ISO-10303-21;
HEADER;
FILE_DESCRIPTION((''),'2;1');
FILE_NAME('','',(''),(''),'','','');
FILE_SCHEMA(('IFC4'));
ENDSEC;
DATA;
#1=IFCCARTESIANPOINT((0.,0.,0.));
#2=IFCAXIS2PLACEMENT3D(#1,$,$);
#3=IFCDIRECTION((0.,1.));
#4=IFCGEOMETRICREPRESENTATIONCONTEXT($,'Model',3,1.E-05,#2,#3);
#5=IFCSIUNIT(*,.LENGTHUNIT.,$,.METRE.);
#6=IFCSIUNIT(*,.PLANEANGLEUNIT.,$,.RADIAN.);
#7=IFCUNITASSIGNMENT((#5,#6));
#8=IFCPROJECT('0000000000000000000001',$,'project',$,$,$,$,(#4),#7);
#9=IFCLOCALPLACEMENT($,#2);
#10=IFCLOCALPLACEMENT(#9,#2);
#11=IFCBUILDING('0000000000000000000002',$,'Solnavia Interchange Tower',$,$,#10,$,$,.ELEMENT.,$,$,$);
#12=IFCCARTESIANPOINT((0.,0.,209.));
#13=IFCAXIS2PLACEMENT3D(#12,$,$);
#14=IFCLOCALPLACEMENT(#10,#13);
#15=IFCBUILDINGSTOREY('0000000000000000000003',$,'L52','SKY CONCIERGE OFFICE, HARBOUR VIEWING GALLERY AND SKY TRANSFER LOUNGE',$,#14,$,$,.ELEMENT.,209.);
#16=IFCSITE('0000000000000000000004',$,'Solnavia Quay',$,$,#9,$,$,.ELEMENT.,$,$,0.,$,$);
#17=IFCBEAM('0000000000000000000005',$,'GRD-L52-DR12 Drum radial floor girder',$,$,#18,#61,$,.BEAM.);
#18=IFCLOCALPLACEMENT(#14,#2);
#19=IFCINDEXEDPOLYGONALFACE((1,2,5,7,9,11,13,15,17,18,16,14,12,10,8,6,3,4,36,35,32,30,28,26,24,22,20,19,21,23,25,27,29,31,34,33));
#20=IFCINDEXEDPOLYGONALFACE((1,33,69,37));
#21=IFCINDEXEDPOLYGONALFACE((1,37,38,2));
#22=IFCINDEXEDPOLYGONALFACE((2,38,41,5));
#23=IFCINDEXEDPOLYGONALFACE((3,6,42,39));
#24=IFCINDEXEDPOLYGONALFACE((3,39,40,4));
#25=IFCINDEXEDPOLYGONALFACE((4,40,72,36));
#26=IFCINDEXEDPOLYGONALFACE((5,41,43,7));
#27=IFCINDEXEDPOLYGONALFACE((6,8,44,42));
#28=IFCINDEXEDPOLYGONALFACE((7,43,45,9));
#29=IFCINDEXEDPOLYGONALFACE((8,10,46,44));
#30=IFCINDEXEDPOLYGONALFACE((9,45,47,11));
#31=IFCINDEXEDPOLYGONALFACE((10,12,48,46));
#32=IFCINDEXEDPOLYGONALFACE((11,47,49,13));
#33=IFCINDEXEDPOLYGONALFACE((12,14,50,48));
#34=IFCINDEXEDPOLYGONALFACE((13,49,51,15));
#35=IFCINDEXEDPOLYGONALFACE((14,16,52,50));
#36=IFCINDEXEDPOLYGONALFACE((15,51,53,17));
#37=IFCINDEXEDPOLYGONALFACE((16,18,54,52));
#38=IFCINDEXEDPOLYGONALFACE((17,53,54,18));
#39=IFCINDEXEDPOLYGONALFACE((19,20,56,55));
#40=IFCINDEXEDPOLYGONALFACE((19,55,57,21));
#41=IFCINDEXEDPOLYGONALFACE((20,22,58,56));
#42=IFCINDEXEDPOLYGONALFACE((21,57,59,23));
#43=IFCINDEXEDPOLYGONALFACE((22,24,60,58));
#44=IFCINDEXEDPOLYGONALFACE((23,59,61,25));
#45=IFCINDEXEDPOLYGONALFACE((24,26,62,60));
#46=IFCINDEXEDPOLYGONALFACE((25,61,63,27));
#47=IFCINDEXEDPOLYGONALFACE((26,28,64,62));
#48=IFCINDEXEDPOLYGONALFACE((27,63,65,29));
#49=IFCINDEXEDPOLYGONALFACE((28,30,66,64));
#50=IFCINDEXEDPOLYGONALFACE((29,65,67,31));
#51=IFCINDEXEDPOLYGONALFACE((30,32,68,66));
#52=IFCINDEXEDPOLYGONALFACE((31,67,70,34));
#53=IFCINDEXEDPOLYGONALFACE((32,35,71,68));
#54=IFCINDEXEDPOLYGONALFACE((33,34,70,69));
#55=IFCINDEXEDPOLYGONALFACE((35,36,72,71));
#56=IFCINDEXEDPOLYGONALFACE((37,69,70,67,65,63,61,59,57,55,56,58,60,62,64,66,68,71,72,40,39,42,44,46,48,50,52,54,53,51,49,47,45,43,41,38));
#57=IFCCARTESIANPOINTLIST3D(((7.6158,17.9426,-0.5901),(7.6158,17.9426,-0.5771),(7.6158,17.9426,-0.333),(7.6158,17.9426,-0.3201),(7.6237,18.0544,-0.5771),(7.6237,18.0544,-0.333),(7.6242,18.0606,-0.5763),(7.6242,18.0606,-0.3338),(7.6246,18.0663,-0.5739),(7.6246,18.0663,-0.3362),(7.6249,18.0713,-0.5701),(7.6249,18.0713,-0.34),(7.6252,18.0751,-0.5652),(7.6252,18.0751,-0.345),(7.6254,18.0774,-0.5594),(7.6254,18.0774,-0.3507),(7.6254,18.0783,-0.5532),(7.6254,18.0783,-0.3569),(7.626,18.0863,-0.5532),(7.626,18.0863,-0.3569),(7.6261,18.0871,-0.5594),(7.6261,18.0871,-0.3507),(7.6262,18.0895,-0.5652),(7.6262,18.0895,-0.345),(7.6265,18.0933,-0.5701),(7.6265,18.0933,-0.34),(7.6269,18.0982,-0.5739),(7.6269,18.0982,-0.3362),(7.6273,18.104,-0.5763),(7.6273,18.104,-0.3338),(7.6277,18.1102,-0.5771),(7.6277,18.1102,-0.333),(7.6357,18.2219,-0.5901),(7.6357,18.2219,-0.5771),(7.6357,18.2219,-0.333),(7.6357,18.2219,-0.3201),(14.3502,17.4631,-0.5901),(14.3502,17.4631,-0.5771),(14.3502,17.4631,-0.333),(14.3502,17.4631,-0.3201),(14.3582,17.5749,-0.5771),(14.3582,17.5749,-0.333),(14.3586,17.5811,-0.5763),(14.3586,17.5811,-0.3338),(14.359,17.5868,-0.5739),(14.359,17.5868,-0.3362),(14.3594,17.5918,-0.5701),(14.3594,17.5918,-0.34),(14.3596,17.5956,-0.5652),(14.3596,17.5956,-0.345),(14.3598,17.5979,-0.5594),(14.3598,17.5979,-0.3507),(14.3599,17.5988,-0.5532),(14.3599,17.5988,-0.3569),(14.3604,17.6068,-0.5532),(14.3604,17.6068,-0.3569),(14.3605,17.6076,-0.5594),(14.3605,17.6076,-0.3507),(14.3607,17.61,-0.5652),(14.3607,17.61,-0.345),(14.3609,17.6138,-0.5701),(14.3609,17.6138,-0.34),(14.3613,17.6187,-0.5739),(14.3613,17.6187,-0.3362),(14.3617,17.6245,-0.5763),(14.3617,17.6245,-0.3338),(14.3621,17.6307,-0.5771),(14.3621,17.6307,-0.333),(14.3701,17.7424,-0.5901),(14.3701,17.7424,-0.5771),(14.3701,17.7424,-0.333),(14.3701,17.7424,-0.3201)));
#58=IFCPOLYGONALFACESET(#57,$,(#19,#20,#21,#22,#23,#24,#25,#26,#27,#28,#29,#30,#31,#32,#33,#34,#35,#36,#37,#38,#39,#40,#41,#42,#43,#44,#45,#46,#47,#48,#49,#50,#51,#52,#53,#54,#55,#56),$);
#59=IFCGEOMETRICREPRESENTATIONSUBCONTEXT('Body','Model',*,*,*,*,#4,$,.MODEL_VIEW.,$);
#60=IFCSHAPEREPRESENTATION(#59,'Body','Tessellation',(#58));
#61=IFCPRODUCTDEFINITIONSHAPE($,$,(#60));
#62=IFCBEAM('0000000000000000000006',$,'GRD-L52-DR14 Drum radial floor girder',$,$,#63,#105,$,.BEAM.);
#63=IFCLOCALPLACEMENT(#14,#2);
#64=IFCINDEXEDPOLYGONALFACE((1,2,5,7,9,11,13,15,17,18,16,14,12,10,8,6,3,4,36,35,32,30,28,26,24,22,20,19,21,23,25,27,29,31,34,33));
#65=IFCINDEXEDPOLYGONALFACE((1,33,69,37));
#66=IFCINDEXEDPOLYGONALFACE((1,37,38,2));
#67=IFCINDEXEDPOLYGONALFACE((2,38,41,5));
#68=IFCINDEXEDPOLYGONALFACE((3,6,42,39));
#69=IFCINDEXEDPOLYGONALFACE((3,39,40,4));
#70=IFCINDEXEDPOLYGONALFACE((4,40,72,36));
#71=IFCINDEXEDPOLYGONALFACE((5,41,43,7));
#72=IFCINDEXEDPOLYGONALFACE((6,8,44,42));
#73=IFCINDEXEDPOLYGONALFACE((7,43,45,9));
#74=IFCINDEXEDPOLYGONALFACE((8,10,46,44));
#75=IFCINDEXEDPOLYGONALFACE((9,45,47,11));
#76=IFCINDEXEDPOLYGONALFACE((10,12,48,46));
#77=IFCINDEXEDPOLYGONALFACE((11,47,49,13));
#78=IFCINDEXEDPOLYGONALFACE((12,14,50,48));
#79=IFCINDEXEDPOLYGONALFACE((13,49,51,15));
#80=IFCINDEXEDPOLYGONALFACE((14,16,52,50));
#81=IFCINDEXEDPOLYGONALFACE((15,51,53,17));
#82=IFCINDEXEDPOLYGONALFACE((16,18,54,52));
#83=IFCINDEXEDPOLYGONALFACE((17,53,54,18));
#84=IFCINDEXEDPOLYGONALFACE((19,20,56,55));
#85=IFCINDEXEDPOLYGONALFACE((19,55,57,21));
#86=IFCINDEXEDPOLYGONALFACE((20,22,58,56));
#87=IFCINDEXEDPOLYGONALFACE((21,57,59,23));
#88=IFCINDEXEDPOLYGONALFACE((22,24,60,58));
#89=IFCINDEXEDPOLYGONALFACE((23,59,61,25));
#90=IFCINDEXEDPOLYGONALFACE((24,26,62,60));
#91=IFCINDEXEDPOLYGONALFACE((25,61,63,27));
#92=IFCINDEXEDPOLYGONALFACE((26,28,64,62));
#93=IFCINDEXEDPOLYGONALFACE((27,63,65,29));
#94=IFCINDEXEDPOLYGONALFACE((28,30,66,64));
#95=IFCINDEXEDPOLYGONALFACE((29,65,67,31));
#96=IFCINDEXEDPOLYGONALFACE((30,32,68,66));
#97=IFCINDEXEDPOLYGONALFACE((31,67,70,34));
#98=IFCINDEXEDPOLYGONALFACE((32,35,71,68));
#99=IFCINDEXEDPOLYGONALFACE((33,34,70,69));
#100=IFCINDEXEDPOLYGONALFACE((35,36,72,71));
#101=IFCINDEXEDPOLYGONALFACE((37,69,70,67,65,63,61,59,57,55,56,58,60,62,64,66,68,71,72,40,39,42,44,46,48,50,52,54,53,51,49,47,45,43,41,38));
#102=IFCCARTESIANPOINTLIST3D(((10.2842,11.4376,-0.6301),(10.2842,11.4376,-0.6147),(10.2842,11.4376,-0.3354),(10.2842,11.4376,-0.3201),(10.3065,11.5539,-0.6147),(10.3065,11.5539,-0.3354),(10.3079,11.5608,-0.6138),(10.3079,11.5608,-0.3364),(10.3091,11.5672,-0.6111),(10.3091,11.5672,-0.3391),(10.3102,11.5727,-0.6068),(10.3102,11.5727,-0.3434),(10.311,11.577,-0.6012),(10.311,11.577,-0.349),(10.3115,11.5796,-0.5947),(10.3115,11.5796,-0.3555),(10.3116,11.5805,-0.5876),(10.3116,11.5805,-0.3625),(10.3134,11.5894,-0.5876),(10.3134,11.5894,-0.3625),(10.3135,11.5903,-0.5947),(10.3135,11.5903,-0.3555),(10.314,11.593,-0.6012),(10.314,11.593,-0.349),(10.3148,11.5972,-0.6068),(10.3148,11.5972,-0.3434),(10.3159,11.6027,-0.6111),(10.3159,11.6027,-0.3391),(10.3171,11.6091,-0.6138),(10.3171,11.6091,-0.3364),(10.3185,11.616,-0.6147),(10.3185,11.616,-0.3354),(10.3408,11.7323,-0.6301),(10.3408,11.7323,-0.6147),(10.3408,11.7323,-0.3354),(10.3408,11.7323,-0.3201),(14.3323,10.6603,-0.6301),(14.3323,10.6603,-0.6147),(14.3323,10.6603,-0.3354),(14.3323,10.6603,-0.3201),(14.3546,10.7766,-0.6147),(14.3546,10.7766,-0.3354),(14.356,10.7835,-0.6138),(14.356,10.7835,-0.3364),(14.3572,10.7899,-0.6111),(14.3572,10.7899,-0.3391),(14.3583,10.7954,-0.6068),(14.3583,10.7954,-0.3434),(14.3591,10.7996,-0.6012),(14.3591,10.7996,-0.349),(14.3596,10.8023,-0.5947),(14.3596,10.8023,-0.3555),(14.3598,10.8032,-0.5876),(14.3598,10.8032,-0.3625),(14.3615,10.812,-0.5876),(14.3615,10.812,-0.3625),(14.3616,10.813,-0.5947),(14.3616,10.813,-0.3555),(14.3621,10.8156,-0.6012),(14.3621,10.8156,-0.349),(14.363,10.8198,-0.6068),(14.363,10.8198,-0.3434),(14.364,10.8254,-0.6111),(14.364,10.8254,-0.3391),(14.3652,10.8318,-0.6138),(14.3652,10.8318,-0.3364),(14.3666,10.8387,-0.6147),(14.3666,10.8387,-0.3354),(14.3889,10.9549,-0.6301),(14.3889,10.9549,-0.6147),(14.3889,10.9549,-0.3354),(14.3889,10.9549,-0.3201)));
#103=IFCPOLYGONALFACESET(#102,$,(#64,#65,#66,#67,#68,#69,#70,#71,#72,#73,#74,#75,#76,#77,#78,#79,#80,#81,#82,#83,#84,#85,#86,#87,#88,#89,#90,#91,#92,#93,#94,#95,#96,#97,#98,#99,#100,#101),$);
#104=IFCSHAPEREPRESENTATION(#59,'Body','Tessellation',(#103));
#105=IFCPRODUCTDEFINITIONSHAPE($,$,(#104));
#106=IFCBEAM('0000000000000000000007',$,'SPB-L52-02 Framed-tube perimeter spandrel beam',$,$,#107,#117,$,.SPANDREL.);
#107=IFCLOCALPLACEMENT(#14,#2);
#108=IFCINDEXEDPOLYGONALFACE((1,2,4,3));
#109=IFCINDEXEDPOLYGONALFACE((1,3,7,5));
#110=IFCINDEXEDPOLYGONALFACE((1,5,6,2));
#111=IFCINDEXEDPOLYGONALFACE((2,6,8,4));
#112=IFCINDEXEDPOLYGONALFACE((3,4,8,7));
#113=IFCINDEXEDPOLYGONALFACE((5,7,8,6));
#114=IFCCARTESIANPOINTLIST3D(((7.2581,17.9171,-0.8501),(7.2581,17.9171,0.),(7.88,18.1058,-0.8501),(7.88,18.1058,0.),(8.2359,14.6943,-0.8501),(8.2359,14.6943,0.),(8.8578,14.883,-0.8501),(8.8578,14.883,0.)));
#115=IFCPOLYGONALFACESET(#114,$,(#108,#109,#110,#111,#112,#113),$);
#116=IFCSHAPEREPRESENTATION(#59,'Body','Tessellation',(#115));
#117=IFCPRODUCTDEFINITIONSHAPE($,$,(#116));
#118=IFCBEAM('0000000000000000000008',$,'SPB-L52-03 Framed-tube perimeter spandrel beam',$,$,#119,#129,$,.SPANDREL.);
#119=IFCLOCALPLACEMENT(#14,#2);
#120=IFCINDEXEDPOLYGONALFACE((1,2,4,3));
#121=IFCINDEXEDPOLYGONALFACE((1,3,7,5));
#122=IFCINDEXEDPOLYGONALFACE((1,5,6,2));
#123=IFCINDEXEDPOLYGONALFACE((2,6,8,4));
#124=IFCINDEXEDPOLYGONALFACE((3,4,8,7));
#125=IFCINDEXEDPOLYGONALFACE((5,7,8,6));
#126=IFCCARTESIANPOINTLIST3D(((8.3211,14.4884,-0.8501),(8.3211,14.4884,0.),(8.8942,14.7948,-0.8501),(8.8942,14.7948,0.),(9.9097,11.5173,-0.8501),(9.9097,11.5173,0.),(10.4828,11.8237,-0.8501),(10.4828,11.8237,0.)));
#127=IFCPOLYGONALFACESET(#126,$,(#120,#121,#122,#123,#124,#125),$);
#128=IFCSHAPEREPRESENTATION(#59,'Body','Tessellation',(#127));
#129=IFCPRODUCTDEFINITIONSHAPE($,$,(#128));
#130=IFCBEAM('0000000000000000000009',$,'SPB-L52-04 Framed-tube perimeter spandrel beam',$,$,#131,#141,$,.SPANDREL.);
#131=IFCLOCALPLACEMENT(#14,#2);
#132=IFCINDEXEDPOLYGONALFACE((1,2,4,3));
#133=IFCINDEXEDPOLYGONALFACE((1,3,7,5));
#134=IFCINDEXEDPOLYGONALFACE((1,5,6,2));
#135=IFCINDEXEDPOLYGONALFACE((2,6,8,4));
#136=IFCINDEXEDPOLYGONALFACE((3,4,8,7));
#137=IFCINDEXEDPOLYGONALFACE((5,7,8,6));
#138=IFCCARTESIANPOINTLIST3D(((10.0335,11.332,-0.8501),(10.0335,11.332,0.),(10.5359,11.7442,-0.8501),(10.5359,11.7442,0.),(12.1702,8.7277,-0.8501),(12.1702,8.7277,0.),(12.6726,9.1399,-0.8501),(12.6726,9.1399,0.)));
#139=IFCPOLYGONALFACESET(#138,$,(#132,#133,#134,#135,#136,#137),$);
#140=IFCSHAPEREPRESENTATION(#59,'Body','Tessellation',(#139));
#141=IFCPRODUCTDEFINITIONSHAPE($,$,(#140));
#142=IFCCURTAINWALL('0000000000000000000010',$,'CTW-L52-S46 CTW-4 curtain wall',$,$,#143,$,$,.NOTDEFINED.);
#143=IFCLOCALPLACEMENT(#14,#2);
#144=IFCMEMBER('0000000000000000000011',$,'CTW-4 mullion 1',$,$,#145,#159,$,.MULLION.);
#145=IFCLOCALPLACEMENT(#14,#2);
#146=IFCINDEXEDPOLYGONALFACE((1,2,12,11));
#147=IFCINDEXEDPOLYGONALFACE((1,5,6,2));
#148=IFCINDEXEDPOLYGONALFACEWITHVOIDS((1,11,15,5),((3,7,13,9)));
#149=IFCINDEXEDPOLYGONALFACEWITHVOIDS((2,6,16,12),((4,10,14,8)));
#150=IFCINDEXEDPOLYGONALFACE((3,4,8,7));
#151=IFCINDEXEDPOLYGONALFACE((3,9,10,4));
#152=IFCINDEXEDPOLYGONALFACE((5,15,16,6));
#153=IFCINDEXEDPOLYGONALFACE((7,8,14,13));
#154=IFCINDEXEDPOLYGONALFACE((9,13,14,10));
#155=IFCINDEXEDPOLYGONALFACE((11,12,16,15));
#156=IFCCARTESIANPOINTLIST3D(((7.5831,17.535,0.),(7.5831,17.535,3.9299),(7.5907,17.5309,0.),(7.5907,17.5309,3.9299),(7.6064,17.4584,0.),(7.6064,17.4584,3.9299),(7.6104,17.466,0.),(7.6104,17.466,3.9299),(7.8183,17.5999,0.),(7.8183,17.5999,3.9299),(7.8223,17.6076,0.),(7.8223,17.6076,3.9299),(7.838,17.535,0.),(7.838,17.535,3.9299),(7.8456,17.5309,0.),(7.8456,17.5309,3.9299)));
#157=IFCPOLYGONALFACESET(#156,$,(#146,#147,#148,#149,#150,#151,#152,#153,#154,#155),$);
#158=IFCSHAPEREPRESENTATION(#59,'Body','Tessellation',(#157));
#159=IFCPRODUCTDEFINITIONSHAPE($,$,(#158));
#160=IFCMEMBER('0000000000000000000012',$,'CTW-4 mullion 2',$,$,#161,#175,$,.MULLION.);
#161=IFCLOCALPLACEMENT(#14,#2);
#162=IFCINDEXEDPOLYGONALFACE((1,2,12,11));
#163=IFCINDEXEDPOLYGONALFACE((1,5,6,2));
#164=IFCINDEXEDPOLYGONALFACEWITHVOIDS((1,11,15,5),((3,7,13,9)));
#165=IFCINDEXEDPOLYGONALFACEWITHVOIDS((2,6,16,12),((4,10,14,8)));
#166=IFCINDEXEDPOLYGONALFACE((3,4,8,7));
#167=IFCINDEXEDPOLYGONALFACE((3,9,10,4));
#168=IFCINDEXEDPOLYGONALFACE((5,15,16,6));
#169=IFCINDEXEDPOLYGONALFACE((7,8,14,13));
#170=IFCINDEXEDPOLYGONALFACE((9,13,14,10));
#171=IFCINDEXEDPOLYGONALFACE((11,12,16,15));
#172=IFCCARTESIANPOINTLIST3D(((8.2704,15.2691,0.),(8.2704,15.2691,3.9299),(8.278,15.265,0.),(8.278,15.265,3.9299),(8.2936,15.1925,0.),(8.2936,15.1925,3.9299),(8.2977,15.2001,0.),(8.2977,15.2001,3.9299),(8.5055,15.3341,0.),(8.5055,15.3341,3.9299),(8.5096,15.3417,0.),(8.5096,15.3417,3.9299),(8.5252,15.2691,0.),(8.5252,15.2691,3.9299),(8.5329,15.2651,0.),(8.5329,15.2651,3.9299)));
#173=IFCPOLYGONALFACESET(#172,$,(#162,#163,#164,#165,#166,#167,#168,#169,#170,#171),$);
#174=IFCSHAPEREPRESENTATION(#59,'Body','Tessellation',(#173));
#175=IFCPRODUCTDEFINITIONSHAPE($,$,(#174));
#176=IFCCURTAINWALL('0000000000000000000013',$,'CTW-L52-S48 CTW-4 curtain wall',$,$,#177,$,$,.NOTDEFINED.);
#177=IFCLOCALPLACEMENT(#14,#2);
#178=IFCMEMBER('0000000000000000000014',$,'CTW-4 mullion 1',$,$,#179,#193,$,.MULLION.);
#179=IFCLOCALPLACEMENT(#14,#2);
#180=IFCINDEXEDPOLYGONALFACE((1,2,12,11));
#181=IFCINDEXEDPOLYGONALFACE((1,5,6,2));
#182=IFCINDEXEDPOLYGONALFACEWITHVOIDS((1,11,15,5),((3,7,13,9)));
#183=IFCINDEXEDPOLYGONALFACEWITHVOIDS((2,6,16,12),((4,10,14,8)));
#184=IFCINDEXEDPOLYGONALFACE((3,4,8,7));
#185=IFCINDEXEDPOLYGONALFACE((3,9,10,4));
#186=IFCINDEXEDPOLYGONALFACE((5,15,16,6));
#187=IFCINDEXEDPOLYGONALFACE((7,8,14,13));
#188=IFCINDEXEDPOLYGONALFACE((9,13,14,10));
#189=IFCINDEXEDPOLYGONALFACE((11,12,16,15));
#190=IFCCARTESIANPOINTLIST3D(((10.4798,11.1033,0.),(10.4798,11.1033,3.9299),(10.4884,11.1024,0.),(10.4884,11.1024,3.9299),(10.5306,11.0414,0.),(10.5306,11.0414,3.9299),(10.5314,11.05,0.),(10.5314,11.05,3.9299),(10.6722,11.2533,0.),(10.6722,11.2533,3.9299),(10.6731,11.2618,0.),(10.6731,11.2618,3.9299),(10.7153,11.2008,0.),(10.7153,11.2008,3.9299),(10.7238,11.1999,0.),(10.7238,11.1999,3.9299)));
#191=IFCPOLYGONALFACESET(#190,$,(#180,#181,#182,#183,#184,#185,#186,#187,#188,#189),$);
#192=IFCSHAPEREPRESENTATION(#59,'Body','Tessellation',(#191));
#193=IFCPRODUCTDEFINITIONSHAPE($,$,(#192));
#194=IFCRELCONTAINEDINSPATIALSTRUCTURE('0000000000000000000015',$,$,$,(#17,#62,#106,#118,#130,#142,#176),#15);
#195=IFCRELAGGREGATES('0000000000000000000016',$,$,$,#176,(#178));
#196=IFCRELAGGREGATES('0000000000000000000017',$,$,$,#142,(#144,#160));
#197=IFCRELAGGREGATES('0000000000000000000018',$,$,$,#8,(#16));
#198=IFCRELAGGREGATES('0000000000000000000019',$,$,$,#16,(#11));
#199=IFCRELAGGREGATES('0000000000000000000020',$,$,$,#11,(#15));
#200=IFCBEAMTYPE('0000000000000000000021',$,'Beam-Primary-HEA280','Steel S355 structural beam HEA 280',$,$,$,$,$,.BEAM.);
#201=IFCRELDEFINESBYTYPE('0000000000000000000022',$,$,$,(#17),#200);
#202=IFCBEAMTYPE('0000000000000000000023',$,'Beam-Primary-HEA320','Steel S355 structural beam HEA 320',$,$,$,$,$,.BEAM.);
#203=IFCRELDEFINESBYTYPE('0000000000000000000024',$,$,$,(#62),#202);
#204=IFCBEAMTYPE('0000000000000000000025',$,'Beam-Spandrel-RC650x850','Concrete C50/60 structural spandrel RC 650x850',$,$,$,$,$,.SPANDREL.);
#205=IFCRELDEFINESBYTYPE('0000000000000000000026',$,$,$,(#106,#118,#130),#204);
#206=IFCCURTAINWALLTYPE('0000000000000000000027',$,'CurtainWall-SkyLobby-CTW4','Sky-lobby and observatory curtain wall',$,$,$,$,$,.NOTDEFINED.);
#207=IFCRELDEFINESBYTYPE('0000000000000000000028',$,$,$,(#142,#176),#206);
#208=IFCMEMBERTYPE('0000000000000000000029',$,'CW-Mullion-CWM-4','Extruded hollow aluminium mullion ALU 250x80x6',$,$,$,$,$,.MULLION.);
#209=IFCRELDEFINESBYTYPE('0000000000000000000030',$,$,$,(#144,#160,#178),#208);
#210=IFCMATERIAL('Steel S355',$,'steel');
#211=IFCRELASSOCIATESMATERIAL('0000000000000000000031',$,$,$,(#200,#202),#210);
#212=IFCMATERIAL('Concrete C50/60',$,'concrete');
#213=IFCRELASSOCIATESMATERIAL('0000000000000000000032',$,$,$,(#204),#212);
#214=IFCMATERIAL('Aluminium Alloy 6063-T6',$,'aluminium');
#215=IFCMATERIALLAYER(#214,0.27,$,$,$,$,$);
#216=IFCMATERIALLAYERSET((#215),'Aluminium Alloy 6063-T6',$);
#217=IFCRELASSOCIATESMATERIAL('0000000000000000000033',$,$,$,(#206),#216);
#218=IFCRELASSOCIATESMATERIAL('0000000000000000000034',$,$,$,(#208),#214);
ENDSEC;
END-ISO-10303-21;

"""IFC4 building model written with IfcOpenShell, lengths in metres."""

from ifc_helpers import new_model, si_unit, direction, frame, origin, origin_2d, place, context, subcontext, project, spatial, rectangle, hollow_rectangle, i_section, extrude, material, layer, layer_set, material_profile, profile_set, type_object, element, aggregate, save


model = new_model("IFC4")

# Units and contexts
model_context = context("Model", 3, precision=1e-05, world=origin(), true_north=direction((0.0, 1.0)))
body_context = subcontext(model_context, "Body", "Model", "MODEL_VIEW")
ifc_project = project(units=[si_unit("LENGTHUNIT", "METRE"), si_unit("PLANEANGLEUNIT", "RADIAN")], contexts=[model_context])

# Site, building, storey
site_placement = place(None, origin())
site = spatial("IfcSite", under=ifc_project, at=site_placement, Name="Solnavia Quay", CompositionType="ELEMENT", RefElevation=0.0)
building_placement = place(site_placement, origin())
building = spatial("IfcBuilding", under=site, at=building_placement, Name="Solnavia Interchange Tower", CompositionType="ELEMENT")
storey_placement = place(building_placement, frame((0.0, 0.0, 209.0)))
storey = spatial("IfcBuildingStorey", under=building, at=storey_placement, Name="L52", Description="SKY CONCIERGE OFFICE, HARBOUR VIEWING GALLERY AND SKY TRANSFER LOUNGE", CompositionType="ELEMENT", Elevation=209.0)

# Shared definitions
ifc_material_1 = material(Name="Concrete C50/60", Category="concrete")

# Beams
ifc_material_2 = material(Name="Steel S355", Category="steel")
ifc_material_profile_1 = material_profile(ifc_material_2, i_section(OverallWidth=0.28, OverallDepth=0.27, WebThickness=0.0081, FlangeThickness=0.0129, FilletRadius=0.0239, at=origin_2d()), Name="HEA 280")
ifc_profile_set_1 = profile_set([ifc_material_profile_1], Name="Steel S355")
beam_type_1 = type_object("IfcBeamType", Name="Beam-Primary-HEA280", Description="Steel S355 structural beam HEA 280", PredefinedType="BEAM", material=ifc_profile_set_1)
beam_1_placement = place(storey_placement, frame((7.6257, 18.0823, -0.4551), z_axis=(0.997475, -0.071021, 0.0), x_axis=(0.071021, 0.997475, 0.0)))
element("IfcBeam", 1, at=beam_1_placement, inside=storey, type_object=beam_type_1, Name="GRD-L52-DR12 Drum radial floor girder", PredefinedType="BEAM", context=body_context, shape_type="SweptSolid", body=[
    extrude(i_section(OverallWidth=0.28, OverallDepth=0.27, WebThickness=0.0081, FlangeThickness=0.0129, FilletRadius=0.0239, at=origin_2d()), origin(), (0.0, 0.0, 1.0), 6.7515),
])
ifc_material_profile_2 = material_profile(ifc_material_2, i_section(OverallWidth=0.3, OverallDepth=0.3101, WebThickness=0.009, FlangeThickness=0.0154, FilletRadius=0.0271, at=origin_2d()), Name="HEA 320")
ifc_profile_set_2 = profile_set([ifc_material_profile_2], Name="Steel S355")
beam_type_2 = type_object("IfcBeamType", Name="Beam-Primary-HEA320", Description="Steel S355 structural beam HEA 320", PredefinedType="BEAM", material=ifc_profile_set_2)
beam_2_placement = place(storey_placement, frame((10.3125, 11.585, -0.4751), z_axis=(0.982058, -0.188582, 0.0), x_axis=(0.188582, 0.982058, 0.0)))
element("IfcBeam", 2, at=beam_2_placement, inside=storey, type_object=beam_type_2, Name="GRD-L52-DR14 Drum radial floor girder", PredefinedType="BEAM", context=body_context, shape_type="SweptSolid", body=[
    extrude(i_section(OverallWidth=0.3, OverallDepth=0.3101, WebThickness=0.009, FlangeThickness=0.0154, FilletRadius=0.0271, at=origin_2d()), origin(), (0.0, 0.0, 1.0), 4.1221),
])
ifc_material_profile_3 = material_profile(ifc_material_1, rectangle(XDim=0.6499, YDim=0.8501, at=origin_2d()), Name="RC 650x850")
ifc_profile_set_3 = profile_set([ifc_material_profile_3], Name="Concrete C50/60")
beam_type_3 = type_object("IfcBeamType", Name="Beam-Spandrel-RC650x850", Description="Concrete C50/60 structural spandrel RC 650x850", PredefinedType="SPANDREL", material=ifc_profile_set_3)
beam_3_placement = place(storey_placement, frame((7.5691, 18.0115, -0.425), z_axis=(0.290319, -0.95693, 0.0), x_axis=(0.95693, 0.290319, 0.0)))
element("IfcBeam", 3, at=beam_3_placement, inside=storey, type_object=beam_type_3, Name="SPB-L52-02 Framed-tube perimeter spandrel beam", PredefinedType="SPANDREL", context=body_context, shape_type="SweptSolid", body=[
    extrude(rectangle(XDim=0.6499, YDim=0.8501, at=origin_2d()), origin(), (0.0, 0.0, 1.0), 3.3679),
])
beam_4_placement = place(storey_placement, frame((8.6077, 14.6416, -0.425), z_axis=(0.471509, -0.881861, 0.0), x_axis=(0.881861, 0.471509, 0.0)))
element("IfcBeam", 4, at=beam_4_placement, inside=storey, type_object=beam_type_3, Name="SPB-L52-03 Framed-tube perimeter spandrel beam", PredefinedType="SPANDREL", context=body_context, shape_type="SweptSolid", body=[
    extrude(rectangle(XDim=0.6499, YDim=0.8501, at=origin_2d()), origin(), (0.0, 0.0, 1.0), 3.3691),
])
beam_5_placement = place(storey_placement, frame((10.2847, 11.5381, -0.425), z_axis=(0.634299, -0.773088, 0.0), x_axis=(0.773088, 0.634299, 0.0)))
element("IfcBeam", 5, at=beam_5_placement, inside=storey, type_object=beam_type_3, Name="SPB-L52-04 Framed-tube perimeter spandrel beam", PredefinedType="SPANDREL", context=body_context, shape_type="SweptSolid", body=[
    extrude(rectangle(XDim=0.6499, YDim=0.8501, at=origin_2d()), origin(), (0.0, 0.0, 1.0), 3.3687),
])

# Curtain wall, members
ifc_material_3 = material(Name="Aluminium Alloy 6063-T6", Category="aluminium")
ifc_layer_1 = layer(ifc_material_3, 0.27)
ifc_layer_set_1 = layer_set([ifc_layer_1], Name="Aluminium Alloy 6063-T6")
curtain_wall_type = type_object("IfcCurtainWallType", Name="CurtainWall-SkyLobby-CTW4", Description="Sky-lobby and observatory curtain wall", PredefinedType="NOTDEFINED", material=ifc_layer_set_1)
curtain_wall_1_placement = place(storey_placement, origin())
curtain_wall_1 = element("IfcCurtainWall", 6, at=curtain_wall_1_placement, inside=storey, type_object=curtain_wall_type, Name="CTW-L52-S46 CTW-4 curtain wall", PredefinedType="NOTDEFINED")
ifc_material_profile_4 = material_profile(ifc_material_3, hollow_rectangle(XDim=0.0801, YDim=0.25, WallThickness=0.0061, at=origin_2d()), Name="ALU 250x80x6")
ifc_profile_set_4 = profile_set([ifc_material_profile_4], Name="Aluminium Alloy 6063-T6")
member_type_1 = type_object("IfcMemberType", Name="CW-Mullion-CWM-4", Description="Extruded hollow aluminium mullion ALU 250x80x6", PredefinedType="MULLION", material=ifc_profile_set_4)
member_1_placement = place(storey_placement, frame((7.7144, 17.533, 0.0), z_axis=(0.0, 0.0, 1.0), x_axis=(0.2903, -0.956936, 0.0)))
member_1 = element("IfcMember", 7, at=member_1_placement, type_object=member_type_1, Name="CTW-4 mullion 1", PredefinedType="MULLION", context=body_context, shape_type="SweptSolid", body=[
    extrude(hollow_rectangle(XDim=0.0801, YDim=0.25, WallThickness=0.0061, at=origin_2d()), origin(), (0.0, 0.0, 1.0), 3.9299),
])
member_2_placement = place(storey_placement, frame((8.4016, 15.2671, 0.0), z_axis=(0.0, 0.0, 1.0), x_axis=(0.2903, -0.956936, 0.0)))
member_2 = element("IfcMember", 8, at=member_2_placement, type_object=member_type_1, Name="CTW-4 mullion 2", PredefinedType="MULLION", context=body_context, shape_type="SweptSolid", body=[
    extrude(hollow_rectangle(XDim=0.0801, YDim=0.25, WallThickness=0.0061, at=origin_2d()), origin(), (0.0, 0.0, 1.0), 3.9299),
])

# Curtain wall, member
curtain_wall_2_placement = place(storey_placement, origin())
curtain_wall_2 = element("IfcCurtainWall", 9, at=curtain_wall_2_placement, inside=storey, type_object=curtain_wall_type, Name="CTW-L52-S48 CTW-4 curtain wall", PredefinedType="NOTDEFINED")
member_3_placement = place(storey_placement, frame((10.6018, 11.1516, 0.0), z_axis=(0.0, 0.0, 1.0), x_axis=(0.63426, -0.77312, 0.0)))
member_3 = element("IfcMember", 10, at=member_3_placement, type_object=member_type_1, Name="CTW-4 mullion 1", PredefinedType="MULLION", context=body_context, shape_type="SweptSolid", body=[
    extrude(hollow_rectangle(XDim=0.0801, YDim=0.25, WallThickness=0.0061, at=origin_2d()), origin(), (0.0, 0.0, 1.0), 3.9299),
])
aggregate(curtain_wall_2, [member_3])

aggregate(curtain_wall_1, [member_1, member_2])

save(model, "model.ifc")
